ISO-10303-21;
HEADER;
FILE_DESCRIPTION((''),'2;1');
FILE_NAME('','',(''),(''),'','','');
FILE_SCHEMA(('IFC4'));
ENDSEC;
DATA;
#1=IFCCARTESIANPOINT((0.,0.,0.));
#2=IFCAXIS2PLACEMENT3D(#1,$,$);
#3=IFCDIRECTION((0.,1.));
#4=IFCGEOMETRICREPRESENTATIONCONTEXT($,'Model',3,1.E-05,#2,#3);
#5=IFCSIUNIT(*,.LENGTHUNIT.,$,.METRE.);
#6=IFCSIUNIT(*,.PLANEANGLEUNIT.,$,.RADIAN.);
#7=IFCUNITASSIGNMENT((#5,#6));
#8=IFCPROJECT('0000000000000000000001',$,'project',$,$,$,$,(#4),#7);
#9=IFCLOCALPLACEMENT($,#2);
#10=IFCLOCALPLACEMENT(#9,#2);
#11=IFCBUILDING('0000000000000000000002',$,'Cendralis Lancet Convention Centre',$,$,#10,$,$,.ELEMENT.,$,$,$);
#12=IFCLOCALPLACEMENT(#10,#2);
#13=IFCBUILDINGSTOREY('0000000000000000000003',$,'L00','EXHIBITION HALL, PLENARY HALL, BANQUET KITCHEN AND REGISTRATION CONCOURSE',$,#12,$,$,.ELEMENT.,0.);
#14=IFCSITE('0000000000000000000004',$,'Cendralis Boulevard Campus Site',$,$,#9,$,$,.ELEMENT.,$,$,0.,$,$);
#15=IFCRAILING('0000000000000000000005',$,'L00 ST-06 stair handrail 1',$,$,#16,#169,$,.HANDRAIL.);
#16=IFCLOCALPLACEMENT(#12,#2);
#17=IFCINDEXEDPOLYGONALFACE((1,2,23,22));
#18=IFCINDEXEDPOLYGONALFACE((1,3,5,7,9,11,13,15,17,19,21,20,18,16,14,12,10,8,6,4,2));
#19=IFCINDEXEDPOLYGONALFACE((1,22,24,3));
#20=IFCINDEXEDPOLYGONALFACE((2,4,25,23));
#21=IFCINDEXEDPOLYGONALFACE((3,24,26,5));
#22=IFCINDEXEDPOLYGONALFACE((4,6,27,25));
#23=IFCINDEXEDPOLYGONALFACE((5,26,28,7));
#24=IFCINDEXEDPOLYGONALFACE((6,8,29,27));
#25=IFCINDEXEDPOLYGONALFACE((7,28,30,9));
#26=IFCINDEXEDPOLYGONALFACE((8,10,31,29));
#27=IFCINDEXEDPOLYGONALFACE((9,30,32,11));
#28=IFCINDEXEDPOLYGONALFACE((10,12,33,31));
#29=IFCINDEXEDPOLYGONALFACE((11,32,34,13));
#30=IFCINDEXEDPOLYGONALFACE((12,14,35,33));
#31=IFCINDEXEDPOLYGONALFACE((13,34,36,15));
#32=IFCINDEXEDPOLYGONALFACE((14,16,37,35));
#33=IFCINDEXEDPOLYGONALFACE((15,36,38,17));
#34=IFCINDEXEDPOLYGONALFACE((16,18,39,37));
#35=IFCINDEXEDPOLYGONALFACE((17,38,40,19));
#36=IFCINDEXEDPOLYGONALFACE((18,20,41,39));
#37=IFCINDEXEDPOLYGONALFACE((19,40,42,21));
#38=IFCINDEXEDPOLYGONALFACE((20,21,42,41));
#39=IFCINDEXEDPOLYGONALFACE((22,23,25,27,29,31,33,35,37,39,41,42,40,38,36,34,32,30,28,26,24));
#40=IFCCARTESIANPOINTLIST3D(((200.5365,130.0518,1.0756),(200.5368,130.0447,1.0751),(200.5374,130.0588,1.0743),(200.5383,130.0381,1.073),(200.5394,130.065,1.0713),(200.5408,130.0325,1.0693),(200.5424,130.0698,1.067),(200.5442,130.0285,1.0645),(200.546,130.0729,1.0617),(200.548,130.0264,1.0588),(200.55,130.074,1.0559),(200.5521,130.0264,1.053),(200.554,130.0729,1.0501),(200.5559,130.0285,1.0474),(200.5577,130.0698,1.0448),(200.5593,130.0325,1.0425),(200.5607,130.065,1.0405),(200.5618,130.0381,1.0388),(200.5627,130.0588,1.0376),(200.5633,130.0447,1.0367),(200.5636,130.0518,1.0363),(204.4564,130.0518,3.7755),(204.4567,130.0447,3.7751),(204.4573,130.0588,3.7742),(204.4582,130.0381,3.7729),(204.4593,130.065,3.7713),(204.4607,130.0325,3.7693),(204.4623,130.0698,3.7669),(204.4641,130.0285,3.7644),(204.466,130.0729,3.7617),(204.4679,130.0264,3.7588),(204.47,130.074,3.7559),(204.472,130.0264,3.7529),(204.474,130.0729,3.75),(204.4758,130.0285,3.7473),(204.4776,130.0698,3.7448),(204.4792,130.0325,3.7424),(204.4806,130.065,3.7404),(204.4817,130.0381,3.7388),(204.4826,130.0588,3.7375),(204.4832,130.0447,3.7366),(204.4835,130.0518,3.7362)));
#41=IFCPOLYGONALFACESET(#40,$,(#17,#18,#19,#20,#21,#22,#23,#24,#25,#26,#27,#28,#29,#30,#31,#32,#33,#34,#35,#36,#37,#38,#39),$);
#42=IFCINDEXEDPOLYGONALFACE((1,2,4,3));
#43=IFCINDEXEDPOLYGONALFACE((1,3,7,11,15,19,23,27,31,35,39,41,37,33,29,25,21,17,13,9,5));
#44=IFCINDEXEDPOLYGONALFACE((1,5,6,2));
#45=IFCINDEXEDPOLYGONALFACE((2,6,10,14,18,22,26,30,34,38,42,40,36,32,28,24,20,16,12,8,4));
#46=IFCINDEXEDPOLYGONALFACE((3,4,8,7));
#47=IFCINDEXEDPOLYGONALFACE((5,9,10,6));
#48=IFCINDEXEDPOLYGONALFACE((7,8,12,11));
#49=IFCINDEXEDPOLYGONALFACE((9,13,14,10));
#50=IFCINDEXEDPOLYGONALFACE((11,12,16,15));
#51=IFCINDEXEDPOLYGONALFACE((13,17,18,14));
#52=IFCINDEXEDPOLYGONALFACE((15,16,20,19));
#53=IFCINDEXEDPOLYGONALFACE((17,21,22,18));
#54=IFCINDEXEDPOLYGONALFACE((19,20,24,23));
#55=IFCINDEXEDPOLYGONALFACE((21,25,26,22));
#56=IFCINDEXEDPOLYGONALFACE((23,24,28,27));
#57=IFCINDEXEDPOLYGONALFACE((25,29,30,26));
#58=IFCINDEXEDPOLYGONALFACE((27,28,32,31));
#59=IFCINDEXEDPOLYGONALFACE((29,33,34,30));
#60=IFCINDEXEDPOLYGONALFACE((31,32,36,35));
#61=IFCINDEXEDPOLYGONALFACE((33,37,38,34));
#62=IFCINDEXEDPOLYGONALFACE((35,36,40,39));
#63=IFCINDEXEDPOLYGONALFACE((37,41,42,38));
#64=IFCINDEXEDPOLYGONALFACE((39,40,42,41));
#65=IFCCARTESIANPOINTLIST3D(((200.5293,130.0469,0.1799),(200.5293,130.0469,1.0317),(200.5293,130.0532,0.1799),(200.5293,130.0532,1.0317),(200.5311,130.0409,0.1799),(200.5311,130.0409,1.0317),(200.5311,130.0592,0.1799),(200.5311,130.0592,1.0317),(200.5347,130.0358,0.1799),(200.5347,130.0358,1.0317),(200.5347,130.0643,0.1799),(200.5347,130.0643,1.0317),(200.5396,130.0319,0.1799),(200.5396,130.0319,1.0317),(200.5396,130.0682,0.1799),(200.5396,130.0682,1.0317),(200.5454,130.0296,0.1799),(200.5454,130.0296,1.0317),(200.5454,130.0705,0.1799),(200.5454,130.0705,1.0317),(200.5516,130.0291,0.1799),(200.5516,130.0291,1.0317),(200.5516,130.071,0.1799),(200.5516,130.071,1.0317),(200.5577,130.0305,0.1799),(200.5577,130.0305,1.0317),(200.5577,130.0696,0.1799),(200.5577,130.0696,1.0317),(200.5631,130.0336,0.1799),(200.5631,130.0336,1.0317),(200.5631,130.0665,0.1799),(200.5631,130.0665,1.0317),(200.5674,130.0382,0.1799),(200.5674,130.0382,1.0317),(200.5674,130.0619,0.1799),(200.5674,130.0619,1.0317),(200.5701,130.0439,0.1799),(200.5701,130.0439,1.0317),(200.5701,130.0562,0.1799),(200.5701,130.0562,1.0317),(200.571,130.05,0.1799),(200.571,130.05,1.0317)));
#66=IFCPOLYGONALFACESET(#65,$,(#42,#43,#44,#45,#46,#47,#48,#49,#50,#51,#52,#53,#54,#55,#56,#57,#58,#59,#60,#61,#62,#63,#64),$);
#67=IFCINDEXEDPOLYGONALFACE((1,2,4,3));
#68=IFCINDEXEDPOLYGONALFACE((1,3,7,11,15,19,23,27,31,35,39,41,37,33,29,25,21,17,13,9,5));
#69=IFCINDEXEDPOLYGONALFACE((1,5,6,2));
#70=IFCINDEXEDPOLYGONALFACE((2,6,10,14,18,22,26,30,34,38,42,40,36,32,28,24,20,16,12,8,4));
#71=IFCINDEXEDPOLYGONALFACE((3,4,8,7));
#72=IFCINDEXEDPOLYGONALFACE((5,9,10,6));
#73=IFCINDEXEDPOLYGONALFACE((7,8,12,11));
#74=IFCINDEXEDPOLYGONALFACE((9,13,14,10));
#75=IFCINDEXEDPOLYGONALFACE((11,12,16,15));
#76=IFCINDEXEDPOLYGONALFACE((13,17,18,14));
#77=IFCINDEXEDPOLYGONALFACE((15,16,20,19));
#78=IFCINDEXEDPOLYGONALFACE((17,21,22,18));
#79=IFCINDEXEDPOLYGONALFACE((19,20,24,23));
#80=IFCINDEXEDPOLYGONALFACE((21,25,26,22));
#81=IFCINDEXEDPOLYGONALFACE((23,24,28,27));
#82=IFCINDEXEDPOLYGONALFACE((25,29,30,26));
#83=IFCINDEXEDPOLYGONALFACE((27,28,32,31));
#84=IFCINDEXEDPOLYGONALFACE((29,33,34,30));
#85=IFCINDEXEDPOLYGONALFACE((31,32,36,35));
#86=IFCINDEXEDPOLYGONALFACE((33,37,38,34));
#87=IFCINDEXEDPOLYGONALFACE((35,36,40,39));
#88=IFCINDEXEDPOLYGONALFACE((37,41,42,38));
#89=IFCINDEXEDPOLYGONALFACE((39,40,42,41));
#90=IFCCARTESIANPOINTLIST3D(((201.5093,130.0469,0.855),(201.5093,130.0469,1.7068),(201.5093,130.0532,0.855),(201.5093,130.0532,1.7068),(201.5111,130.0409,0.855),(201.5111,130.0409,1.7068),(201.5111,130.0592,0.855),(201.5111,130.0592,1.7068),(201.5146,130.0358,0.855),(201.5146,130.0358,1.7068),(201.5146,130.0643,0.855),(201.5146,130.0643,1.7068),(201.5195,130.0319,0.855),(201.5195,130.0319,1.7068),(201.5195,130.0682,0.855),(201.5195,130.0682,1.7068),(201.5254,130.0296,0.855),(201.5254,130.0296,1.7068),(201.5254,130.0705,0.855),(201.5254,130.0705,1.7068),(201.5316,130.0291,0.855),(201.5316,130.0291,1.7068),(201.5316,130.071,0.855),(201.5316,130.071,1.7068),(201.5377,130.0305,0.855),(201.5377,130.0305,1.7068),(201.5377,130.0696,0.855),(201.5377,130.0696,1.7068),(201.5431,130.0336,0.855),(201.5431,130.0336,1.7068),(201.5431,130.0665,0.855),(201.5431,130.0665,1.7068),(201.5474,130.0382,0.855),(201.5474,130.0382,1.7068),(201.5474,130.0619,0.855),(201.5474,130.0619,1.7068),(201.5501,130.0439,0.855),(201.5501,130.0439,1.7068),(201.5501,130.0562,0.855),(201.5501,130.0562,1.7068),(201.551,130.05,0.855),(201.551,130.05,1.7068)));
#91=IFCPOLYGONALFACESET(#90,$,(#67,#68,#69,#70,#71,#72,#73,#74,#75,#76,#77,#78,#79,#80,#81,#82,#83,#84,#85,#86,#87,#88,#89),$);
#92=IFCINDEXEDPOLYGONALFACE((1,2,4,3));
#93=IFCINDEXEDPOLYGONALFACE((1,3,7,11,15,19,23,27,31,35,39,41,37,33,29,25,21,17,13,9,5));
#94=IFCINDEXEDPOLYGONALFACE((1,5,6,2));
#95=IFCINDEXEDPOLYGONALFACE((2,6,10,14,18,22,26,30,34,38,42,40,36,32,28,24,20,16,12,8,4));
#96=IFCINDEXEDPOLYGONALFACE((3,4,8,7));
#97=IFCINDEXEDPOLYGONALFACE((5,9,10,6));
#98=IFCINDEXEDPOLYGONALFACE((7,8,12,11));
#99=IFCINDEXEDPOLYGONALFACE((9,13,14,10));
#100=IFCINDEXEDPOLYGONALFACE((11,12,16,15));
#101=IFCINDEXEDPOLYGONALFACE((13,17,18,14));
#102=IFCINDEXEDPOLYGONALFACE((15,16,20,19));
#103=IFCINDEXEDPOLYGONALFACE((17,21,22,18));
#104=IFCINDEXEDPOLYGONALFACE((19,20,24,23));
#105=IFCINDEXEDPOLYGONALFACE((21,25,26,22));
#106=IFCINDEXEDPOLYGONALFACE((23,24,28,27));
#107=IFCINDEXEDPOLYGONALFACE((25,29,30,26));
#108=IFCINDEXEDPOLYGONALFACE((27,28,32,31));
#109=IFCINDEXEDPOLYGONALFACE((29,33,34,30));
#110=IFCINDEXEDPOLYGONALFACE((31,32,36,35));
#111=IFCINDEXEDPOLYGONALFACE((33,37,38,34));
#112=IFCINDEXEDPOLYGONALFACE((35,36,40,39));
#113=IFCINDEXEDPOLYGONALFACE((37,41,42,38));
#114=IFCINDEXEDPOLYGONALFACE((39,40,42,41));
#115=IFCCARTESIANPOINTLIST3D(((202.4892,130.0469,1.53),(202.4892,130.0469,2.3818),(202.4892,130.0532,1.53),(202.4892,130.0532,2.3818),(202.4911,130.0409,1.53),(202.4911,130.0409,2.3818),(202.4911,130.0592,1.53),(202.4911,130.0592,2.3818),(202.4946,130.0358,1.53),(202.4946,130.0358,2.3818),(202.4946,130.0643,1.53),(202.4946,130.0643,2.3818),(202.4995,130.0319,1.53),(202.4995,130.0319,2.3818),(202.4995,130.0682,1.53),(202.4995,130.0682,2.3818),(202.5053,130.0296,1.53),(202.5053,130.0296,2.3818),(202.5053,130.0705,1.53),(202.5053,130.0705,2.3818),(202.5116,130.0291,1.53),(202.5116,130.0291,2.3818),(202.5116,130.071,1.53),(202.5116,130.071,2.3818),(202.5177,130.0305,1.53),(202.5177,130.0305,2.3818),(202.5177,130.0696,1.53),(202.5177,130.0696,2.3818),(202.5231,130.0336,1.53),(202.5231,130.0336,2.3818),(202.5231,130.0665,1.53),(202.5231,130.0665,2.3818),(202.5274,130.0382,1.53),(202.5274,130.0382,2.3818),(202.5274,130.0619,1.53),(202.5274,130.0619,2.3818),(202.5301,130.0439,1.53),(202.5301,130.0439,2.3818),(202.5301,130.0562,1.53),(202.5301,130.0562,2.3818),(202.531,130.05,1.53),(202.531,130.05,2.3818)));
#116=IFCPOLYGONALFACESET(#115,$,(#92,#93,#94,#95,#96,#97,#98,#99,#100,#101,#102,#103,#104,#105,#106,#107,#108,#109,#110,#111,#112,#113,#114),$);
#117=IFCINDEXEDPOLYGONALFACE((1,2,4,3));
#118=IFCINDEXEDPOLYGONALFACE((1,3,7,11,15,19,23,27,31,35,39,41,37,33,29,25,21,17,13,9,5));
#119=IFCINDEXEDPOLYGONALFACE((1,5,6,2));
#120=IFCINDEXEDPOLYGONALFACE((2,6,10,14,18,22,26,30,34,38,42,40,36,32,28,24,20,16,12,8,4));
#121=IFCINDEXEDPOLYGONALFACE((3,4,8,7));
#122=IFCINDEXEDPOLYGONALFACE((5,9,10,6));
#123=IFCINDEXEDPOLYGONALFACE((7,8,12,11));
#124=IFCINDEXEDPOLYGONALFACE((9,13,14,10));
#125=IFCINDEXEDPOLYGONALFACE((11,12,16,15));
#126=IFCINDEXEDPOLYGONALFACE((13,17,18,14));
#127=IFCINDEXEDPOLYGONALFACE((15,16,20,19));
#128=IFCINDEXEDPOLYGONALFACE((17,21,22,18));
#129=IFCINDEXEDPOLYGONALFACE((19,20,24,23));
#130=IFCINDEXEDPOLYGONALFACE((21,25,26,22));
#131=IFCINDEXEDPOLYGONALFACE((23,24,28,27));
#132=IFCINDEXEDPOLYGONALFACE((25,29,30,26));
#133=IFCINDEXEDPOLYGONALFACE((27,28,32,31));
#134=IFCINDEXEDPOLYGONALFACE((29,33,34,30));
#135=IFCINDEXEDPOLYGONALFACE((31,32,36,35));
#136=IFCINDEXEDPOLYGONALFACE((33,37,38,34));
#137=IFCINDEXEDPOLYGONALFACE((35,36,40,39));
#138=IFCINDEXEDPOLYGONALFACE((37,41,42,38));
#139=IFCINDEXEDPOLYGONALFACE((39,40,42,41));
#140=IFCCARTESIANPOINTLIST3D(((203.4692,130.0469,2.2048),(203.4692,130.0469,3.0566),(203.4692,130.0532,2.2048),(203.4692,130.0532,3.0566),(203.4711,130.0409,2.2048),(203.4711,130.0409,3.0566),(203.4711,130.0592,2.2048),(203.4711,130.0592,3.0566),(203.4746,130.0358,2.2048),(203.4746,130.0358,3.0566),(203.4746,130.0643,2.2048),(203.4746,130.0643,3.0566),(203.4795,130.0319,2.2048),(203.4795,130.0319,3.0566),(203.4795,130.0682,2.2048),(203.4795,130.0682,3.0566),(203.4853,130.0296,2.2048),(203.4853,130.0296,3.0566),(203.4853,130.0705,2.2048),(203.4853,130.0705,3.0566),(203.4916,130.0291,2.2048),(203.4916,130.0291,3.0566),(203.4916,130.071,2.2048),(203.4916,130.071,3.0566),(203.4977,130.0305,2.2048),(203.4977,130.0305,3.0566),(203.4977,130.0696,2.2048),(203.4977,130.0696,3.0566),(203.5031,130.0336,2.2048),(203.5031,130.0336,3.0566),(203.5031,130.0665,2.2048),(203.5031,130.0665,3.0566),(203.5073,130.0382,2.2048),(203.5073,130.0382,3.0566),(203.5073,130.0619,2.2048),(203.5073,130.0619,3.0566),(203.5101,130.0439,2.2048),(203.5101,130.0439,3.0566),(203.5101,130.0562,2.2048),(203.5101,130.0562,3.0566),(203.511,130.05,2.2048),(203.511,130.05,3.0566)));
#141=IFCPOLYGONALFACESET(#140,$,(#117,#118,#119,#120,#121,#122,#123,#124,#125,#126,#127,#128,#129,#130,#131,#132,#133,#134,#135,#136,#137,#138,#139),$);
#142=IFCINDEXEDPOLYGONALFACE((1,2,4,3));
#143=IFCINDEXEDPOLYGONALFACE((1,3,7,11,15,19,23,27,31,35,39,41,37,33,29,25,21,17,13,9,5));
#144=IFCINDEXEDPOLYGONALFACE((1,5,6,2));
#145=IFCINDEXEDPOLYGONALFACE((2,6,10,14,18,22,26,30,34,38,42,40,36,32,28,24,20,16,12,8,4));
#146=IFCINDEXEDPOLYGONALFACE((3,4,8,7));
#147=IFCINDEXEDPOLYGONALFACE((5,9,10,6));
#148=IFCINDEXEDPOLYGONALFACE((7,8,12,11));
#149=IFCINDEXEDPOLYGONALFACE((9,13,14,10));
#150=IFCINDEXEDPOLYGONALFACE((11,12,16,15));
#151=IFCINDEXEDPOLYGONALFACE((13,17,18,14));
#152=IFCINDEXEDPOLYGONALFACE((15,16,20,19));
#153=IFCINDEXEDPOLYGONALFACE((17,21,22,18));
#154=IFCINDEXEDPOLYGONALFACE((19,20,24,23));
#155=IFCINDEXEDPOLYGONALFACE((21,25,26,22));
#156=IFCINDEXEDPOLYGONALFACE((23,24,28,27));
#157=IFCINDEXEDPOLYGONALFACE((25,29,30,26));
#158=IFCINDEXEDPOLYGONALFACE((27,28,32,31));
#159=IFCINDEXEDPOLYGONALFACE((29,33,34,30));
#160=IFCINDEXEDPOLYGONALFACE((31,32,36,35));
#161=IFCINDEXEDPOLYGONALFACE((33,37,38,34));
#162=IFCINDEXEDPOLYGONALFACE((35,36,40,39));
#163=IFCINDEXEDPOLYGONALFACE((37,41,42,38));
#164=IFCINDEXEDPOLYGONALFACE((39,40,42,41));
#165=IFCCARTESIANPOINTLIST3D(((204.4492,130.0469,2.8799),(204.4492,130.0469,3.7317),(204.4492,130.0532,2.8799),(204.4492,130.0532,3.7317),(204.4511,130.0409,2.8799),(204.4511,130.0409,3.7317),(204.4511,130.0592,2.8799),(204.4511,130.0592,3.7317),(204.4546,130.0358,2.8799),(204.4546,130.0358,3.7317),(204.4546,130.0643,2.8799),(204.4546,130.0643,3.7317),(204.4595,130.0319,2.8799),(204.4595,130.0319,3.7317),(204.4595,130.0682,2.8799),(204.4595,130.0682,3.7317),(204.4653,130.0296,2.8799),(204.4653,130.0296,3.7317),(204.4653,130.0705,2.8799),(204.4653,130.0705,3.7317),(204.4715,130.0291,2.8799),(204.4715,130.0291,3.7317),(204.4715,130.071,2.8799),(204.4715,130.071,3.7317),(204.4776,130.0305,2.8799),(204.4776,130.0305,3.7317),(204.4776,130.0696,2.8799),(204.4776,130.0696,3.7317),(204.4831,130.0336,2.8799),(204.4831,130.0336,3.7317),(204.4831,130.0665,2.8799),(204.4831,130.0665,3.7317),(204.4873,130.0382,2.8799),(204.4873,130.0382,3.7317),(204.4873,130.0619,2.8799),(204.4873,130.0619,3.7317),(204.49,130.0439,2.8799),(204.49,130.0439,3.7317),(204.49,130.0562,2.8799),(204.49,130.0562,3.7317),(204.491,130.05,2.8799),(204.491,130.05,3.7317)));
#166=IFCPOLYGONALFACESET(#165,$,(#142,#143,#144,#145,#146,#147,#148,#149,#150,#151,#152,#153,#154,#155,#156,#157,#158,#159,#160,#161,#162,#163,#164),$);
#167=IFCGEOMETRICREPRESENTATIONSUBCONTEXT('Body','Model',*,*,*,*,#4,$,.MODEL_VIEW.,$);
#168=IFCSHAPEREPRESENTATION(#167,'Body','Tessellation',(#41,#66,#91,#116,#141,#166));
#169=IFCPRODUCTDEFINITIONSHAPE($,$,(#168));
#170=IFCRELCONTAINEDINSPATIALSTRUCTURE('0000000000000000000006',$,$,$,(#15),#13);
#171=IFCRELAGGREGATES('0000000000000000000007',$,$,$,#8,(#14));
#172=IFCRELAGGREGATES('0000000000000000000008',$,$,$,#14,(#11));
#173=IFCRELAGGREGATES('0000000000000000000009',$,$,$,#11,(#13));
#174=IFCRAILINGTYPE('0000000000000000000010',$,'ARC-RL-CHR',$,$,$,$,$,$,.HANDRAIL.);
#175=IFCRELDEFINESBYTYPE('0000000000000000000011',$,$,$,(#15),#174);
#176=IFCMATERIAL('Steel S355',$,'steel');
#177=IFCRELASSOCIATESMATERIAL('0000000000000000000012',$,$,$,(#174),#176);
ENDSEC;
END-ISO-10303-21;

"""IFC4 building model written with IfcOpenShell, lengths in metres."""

from ifc_helpers import new_model, si_unit, direction, frame, origin, origin_2d, place, context, subcontext, project, spatial, circle, extrude, material, type_object, element, save


model = new_model("IFC4")

# Units and contexts
model_context = context("Model", 3, precision=1e-05, world=origin(), true_north=direction((0.0, 1.0)))
body_context = subcontext(model_context, "Body", "Model", "MODEL_VIEW")
ifc_project = project(units=[si_unit("LENGTHUNIT", "METRE"), si_unit("PLANEANGLEUNIT", "RADIAN")], contexts=[model_context])

# Site, building, storey
site_placement = place(None, origin())
site = spatial("IfcSite", under=ifc_project, at=site_placement, Name="Cendralis Boulevard Campus Site", CompositionType="ELEMENT", RefElevation=0.0)
building_placement = place(site_placement, origin())
building = spatial("IfcBuilding", under=site, at=building_placement, Name="Cendralis Lancet Convention Centre", CompositionType="ELEMENT")
storey_placement = place(building_placement, origin())
storey = spatial("IfcBuildingStorey", under=building, at=storey_placement, Name="L00", Description="EXHIBITION HALL, PLENARY HALL, BANQUET KITCHEN AND REGISTRATION CONCOURSE", CompositionType="ELEMENT", Elevation=0.0)

# Railing
ifc_material_1 = material(Name="Steel S355", Category="steel")
railing_type_1 = type_object("IfcRailingType", Name="ARC-RL-CHR", PredefinedType="HANDRAIL", material=ifc_material_1)
railing_1_placement = place(storey_placement, frame((200.55, 130.05, 0.1799)))
element("IfcRailing", 1, at=railing_1_placement, inside=storey, type_object=railing_type_1, Name="L00 ST-06 stair handrail 1", PredefinedType="HANDRAIL", context=body_context, shape_type="SweptSolid", body=[
    extrude(circle(Radius=0.0239, at=origin_2d()), frame((0.0, 0.0, 0.876), z_axis=(0.823551, 0.0, 0.567243), x_axis=(0.0, 1.0, 0.0)), (0.0, 0.0, 1.0), 4.7598),
    extrude(circle(Radius=0.021, at=origin_2d()), origin(), (0.0, 0.0, 1.0), 0.8518),
    extrude(circle(Radius=0.021, at=origin_2d()), frame((0.98, 0.0, 0.675)), (0.0, 0.0, 1.0), 0.8518),
    extrude(circle(Radius=0.021, at=origin_2d()), frame((1.96, 0.0, 1.3501)), (0.0, 0.0, 1.0), 0.8518),
    extrude(circle(Radius=0.021, at=origin_2d()), frame((2.9399, 0.0, 2.0249)), (0.0, 0.0, 1.0), 0.8518),
    extrude(circle(Radius=0.021, at=origin_2d()), frame((3.9199, 0.0, 2.7)), (0.0, 0.0, 1.0), 0.8518),
])

save(model, "model.ifc")
